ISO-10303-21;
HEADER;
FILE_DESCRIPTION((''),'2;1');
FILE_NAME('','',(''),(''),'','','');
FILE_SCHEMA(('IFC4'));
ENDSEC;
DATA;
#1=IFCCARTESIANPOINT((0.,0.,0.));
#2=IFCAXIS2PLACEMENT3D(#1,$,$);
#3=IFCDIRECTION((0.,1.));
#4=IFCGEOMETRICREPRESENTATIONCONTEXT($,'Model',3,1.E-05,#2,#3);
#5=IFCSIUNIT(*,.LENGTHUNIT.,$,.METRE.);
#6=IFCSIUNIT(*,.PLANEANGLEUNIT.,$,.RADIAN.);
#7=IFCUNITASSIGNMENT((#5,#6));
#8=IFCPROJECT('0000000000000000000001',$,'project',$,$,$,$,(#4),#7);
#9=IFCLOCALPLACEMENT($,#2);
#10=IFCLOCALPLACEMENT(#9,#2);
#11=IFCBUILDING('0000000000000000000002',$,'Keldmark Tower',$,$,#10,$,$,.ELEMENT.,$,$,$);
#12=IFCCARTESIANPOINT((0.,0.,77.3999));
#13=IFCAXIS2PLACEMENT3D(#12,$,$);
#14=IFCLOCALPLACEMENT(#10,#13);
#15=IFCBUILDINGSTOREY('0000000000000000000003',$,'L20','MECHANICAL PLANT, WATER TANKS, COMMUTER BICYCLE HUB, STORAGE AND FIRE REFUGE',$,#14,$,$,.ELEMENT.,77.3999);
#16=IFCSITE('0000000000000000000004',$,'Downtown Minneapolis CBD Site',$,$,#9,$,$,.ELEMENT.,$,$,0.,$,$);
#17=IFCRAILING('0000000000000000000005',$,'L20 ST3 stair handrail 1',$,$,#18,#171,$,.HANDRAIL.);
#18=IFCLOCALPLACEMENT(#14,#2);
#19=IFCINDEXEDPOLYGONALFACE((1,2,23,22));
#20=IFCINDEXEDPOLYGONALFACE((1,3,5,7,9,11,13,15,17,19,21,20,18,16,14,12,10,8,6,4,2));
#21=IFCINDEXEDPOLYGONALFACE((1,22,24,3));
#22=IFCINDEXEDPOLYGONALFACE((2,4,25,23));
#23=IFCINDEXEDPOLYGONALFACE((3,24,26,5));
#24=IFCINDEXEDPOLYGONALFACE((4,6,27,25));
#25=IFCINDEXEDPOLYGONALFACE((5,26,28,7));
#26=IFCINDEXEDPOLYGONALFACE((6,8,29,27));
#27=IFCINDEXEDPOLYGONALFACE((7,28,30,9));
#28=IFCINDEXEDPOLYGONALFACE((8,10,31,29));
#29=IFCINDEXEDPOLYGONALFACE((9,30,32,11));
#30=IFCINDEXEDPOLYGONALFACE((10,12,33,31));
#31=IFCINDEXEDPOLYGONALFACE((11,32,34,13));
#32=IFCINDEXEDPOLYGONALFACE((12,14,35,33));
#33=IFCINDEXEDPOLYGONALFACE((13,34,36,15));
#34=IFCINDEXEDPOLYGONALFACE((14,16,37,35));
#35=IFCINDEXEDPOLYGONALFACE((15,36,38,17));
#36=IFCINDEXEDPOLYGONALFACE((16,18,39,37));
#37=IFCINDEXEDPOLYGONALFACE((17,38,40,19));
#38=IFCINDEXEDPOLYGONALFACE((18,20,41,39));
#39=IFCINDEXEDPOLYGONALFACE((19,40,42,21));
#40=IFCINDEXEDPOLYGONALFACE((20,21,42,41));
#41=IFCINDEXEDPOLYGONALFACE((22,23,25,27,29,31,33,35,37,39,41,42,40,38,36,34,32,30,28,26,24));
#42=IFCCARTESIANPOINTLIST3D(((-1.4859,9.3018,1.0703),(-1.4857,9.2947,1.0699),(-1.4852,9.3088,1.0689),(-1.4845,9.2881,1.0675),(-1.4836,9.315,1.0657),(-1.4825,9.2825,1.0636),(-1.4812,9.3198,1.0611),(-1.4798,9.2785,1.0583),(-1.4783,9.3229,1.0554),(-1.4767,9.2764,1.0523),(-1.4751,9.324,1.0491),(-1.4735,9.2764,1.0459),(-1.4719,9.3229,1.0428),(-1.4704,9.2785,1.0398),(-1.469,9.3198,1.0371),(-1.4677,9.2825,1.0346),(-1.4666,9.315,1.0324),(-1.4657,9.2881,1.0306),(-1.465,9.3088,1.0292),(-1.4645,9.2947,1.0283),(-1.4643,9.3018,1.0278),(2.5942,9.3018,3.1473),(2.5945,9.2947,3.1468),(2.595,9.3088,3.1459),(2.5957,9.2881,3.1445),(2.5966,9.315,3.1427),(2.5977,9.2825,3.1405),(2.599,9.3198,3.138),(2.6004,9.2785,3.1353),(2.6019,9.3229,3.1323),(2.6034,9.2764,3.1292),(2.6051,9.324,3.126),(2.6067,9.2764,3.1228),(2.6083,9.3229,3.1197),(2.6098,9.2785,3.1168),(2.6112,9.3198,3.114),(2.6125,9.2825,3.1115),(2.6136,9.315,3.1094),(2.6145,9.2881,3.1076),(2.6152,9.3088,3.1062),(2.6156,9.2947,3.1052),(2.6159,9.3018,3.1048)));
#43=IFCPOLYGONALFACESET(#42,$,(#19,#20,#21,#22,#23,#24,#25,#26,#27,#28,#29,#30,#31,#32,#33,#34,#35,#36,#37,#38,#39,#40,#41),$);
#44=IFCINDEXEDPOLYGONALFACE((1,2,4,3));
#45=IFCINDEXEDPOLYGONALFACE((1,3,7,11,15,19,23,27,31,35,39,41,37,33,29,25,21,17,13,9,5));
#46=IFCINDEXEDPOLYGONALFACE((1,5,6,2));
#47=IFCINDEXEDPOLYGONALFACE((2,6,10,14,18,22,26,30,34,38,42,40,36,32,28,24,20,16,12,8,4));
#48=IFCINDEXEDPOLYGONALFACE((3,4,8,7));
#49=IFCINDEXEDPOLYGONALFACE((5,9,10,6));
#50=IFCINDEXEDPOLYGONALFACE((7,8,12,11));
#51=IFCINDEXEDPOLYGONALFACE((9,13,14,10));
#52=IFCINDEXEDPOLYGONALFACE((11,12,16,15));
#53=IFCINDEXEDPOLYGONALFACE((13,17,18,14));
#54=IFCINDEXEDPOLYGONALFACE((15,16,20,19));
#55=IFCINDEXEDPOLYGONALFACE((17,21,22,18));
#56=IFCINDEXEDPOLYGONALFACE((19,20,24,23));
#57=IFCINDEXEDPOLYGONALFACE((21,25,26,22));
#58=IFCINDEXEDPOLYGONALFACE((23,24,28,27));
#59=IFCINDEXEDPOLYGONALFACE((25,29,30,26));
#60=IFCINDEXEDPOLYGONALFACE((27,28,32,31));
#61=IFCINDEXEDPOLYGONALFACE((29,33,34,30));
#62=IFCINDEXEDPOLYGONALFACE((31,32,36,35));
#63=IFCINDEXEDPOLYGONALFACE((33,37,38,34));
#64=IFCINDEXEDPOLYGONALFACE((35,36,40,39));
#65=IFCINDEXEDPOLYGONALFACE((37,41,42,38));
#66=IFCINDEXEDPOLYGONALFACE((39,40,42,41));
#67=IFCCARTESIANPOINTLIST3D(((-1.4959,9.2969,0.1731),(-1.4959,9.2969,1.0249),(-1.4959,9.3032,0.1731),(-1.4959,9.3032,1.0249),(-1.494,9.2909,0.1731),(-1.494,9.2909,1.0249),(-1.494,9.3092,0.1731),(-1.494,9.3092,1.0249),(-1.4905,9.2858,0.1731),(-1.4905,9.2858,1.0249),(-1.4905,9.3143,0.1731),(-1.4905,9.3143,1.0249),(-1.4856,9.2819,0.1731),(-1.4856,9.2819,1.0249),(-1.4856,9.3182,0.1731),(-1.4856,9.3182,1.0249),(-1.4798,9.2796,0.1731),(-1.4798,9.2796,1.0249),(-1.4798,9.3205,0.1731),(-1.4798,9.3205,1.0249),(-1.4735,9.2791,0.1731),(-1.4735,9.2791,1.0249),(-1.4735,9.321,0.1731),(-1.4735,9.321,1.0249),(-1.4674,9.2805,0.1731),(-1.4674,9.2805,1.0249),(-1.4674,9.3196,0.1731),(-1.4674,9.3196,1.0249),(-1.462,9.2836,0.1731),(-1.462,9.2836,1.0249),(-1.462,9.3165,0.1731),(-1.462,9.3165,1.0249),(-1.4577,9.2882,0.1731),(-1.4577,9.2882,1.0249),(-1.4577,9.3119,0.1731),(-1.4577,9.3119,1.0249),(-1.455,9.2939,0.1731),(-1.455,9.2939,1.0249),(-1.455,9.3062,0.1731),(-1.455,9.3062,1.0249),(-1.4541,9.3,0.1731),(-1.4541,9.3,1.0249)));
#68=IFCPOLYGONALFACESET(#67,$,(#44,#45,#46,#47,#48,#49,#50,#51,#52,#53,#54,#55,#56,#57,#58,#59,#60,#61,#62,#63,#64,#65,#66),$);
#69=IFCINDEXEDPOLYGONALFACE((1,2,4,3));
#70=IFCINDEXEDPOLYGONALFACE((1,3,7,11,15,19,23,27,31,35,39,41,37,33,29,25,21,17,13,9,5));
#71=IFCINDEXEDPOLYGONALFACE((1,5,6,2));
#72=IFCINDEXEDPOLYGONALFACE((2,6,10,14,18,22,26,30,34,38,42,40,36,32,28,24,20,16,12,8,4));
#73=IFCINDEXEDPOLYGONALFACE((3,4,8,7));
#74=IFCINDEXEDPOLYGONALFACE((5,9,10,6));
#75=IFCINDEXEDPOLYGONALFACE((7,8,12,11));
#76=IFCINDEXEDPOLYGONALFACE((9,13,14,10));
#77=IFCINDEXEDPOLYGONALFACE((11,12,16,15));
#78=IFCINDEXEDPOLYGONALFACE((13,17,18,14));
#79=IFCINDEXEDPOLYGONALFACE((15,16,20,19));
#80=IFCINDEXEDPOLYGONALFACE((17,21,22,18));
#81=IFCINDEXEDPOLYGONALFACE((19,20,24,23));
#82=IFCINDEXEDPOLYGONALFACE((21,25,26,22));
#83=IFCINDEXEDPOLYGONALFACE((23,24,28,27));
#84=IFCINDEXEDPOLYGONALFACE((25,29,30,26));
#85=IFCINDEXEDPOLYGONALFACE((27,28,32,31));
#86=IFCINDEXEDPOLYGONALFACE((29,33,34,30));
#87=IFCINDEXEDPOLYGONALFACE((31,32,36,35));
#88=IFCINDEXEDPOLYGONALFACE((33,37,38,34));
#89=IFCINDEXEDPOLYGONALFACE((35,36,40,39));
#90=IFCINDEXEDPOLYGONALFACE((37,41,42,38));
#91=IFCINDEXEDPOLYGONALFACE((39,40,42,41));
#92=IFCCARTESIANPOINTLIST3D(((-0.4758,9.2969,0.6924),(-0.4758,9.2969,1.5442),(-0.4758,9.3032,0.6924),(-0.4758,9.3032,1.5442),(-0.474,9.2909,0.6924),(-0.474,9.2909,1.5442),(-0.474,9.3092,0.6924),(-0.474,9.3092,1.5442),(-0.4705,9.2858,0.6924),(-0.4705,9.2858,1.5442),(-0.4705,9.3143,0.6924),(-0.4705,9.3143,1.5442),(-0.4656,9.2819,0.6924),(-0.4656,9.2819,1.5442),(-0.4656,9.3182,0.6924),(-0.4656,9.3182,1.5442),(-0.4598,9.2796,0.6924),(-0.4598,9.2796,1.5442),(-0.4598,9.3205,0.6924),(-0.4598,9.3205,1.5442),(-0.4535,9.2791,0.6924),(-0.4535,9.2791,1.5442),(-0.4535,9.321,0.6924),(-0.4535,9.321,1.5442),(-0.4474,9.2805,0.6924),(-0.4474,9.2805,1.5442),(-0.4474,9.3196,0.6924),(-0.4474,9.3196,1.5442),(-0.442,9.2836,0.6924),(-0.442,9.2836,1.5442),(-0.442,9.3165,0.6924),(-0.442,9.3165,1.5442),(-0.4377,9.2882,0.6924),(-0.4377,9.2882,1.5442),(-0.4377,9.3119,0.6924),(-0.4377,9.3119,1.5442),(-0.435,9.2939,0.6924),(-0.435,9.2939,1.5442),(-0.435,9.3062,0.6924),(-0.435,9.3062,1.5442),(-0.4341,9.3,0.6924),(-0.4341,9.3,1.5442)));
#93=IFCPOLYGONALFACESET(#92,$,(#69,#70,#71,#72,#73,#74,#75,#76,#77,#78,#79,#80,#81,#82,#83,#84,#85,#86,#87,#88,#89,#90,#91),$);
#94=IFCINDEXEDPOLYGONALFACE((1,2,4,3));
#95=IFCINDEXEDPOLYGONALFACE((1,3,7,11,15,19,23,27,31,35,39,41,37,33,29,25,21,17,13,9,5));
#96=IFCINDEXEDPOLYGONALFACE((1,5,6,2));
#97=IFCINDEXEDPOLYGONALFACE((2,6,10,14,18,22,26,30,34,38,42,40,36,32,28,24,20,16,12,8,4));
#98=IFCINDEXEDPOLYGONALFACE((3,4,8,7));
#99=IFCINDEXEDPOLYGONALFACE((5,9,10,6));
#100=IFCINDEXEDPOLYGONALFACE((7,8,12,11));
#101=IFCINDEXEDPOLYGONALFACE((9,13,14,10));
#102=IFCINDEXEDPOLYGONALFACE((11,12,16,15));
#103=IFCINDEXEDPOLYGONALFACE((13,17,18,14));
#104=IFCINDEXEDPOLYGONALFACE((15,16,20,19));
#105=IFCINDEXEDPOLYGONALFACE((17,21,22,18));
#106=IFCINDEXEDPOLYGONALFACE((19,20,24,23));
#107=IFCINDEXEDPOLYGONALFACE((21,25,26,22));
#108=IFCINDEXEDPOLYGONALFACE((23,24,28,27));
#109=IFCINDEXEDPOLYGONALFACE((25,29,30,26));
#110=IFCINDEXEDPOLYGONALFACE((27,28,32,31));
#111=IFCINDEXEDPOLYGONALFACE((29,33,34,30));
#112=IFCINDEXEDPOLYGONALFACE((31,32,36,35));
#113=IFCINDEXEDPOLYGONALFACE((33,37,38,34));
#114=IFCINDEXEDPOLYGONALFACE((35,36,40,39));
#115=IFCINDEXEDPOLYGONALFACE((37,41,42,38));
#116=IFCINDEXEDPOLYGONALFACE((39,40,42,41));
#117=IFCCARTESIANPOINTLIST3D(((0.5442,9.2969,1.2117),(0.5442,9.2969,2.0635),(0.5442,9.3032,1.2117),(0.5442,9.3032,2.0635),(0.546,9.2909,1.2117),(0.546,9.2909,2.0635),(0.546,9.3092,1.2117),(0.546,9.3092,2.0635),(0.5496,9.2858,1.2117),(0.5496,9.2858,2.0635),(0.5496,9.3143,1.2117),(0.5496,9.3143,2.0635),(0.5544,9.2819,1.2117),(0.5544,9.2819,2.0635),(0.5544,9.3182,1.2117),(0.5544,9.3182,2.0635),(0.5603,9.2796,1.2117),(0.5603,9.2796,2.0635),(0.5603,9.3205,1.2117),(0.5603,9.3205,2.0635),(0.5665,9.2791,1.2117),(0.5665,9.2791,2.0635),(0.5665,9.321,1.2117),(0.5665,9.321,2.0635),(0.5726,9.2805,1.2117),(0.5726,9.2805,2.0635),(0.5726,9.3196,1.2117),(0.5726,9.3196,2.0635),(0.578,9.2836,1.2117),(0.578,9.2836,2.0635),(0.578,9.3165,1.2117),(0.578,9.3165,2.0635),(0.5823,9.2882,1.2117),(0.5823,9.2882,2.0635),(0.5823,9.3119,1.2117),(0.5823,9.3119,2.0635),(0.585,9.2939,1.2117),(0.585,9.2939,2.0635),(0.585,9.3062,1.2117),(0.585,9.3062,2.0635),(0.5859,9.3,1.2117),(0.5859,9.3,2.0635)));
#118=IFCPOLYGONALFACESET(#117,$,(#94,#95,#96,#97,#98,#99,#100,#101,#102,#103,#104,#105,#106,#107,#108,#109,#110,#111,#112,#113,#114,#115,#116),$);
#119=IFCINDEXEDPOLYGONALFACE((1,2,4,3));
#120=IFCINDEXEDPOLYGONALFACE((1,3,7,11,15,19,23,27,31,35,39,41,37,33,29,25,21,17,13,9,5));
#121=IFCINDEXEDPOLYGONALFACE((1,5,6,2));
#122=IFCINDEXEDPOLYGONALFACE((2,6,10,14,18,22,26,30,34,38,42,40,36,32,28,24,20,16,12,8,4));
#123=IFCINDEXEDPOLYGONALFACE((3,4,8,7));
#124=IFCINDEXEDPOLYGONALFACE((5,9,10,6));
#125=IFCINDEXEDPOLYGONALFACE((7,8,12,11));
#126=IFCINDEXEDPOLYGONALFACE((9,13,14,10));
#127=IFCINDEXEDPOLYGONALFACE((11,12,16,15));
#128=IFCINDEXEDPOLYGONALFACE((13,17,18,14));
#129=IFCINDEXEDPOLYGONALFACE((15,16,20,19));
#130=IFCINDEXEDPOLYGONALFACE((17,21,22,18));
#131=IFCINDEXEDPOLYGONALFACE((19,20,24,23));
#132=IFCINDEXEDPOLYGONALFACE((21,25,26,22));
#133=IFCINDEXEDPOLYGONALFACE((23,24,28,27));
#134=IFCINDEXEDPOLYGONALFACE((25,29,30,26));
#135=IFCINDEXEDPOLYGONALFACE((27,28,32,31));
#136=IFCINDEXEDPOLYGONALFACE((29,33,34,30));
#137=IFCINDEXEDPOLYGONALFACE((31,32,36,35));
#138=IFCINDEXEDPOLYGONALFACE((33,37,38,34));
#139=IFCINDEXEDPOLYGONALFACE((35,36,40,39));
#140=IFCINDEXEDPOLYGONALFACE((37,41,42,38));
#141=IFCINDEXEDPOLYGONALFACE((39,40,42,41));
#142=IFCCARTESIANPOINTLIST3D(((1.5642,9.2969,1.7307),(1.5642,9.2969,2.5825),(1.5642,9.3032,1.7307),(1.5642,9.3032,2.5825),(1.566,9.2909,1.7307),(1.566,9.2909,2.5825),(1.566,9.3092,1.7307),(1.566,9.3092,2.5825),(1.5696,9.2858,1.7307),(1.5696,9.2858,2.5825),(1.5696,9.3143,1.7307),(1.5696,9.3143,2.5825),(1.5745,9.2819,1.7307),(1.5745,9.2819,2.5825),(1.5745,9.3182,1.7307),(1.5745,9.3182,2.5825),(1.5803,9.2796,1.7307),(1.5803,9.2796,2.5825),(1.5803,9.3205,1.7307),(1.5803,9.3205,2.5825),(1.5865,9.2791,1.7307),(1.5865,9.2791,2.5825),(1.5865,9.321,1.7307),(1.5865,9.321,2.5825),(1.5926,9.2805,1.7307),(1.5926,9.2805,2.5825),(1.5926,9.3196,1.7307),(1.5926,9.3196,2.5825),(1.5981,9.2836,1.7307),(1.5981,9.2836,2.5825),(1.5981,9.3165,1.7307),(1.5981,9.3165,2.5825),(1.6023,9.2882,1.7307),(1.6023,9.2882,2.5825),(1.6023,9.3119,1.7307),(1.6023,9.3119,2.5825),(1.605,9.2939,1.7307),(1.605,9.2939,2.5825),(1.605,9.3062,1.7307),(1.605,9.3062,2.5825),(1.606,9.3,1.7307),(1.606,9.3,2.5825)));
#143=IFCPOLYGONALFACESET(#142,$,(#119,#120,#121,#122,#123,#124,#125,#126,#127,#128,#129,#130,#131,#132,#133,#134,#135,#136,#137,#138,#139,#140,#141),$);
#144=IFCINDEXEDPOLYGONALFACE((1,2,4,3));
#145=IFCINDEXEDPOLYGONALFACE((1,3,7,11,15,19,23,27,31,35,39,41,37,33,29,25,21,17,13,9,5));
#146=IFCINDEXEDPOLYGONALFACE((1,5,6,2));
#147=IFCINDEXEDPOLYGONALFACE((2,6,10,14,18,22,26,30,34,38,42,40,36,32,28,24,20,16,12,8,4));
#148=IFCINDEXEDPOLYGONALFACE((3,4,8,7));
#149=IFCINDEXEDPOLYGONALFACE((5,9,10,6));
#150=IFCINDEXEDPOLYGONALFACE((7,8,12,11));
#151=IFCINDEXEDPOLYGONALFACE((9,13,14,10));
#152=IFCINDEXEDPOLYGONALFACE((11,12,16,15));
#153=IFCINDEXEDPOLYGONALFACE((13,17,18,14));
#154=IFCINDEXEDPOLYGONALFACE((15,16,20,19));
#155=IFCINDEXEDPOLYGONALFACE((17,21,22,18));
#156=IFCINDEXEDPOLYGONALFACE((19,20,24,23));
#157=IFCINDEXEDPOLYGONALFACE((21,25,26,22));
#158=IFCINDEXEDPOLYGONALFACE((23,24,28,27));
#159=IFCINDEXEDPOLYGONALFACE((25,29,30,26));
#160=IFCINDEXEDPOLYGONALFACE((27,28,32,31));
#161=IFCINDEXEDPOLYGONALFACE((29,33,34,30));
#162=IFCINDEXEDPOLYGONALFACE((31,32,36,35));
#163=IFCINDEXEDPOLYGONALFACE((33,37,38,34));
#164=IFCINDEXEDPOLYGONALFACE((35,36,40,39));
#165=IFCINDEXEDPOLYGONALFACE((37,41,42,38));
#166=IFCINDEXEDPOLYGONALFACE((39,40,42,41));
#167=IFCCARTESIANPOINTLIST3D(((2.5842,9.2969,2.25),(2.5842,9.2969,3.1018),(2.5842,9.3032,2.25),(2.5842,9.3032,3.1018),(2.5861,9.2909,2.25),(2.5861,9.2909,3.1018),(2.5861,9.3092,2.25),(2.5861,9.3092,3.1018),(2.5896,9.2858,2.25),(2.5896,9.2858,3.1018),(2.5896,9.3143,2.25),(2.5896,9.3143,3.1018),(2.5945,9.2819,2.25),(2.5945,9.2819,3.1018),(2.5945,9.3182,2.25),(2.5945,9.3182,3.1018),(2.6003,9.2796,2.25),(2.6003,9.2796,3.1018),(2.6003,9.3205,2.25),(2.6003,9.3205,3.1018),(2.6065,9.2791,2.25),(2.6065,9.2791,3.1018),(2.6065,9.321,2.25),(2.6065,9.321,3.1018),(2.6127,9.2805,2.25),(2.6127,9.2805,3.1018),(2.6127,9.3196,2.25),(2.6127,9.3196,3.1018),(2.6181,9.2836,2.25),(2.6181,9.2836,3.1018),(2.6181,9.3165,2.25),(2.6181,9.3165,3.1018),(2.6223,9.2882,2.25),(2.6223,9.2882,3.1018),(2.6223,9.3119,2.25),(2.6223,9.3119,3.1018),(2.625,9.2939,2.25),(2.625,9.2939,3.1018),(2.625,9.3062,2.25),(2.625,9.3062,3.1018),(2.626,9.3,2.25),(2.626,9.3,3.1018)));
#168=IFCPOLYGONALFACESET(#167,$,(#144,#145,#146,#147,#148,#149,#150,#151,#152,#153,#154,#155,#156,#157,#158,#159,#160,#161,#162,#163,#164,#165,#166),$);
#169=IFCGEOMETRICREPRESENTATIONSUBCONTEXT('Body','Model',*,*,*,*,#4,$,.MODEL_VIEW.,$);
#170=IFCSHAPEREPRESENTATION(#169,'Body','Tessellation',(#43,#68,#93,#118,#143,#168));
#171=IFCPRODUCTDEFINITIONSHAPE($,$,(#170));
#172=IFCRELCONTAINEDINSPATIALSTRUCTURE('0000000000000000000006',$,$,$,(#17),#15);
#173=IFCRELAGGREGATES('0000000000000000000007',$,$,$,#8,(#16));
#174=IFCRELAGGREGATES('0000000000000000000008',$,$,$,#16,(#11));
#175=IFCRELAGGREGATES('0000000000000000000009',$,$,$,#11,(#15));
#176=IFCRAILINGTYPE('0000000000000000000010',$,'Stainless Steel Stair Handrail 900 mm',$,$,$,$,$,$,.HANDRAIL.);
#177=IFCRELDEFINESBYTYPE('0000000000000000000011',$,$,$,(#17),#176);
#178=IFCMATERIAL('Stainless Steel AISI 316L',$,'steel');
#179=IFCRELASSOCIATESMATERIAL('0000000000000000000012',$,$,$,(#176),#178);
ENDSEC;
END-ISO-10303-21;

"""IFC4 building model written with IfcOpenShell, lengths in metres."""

from ifc_helpers import new_model, si_unit, direction, frame, origin, origin_2d, place, context, subcontext, project, spatial, circle, extrude, material, type_object, element, save


model = new_model("IFC4")

# Units and contexts
model_context = context("Model", 3, precision=1e-05, world=origin(), true_north=direction((0.0, 1.0)))
body_context = subcontext(model_context, "Body", "Model", "MODEL_VIEW")
ifc_project = project(units=[si_unit("LENGTHUNIT", "METRE"), si_unit("PLANEANGLEUNIT", "RADIAN")], contexts=[model_context])

# Site, building, storey
site_placement = place(None, origin())
site = spatial("IfcSite", under=ifc_project, at=site_placement, Name="Downtown Minneapolis CBD Site", CompositionType="ELEMENT", RefElevation=0.0)
building_placement = place(site_placement, origin())
building = spatial("IfcBuilding", under=site, at=building_placement, Name="Keldmark Tower", CompositionType="ELEMENT")
storey_placement = place(building_placement, frame((0.0, 0.0, 77.3999)))
storey = spatial("IfcBuildingStorey", under=building, at=storey_placement, Name="L20", Description="MECHANICAL PLANT, WATER TANKS, COMMUTER BICYCLE HUB, STORAGE AND FIRE REFUGE", CompositionType="ELEMENT", Elevation=77.3999)

# Railing
ifc_material_1 = material(Name="Stainless Steel AISI 316L", Category="steel")
railing_type = type_object("IfcRailingType", Name="Stainless Steel Stair Handrail 900 mm", PredefinedType="HANDRAIL", material=ifc_material_1)
railing_placement = place(storey_placement, frame((-1.4751, 9.3, 0.1731)))
element("IfcRailing", 1, at=railing_placement, inside=storey, type_object=railing_type, Name="L20 ST3 stair handrail 1", PredefinedType="HANDRAIL", context=body_context, shape_type="SweptSolid", body=[
    extrude(circle(Radius=0.0239, at=origin_2d()), frame((0.0, 0.0, 0.876), z_axis=(0.891183, 0.0, 0.453644), x_axis=(0.0, 1.0, 0.0)), (0.0, 0.0, 1.0), 4.5784),
    extrude(circle(Radius=0.021, at=origin_2d()), origin(), (0.0, 0.0, 1.0), 0.8518),
    extrude(circle(Radius=0.021, at=origin_2d()), frame((1.02, 0.0, 0.5193)), (0.0, 0.0, 1.0), 0.8518),
    extrude(circle(Radius=0.021, at=origin_2d()), frame((2.04, 0.0, 1.0386)), (0.0, 0.0, 1.0), 0.8518),
    extrude(circle(Radius=0.021, at=origin_2d()), frame((3.0601, 0.0, 1.5576)), (0.0, 0.0, 1.0), 0.8518),
    extrude(circle(Radius=0.021, at=origin_2d()), frame((4.0801, 0.0, 2.0769)), (0.0, 0.0, 1.0), 0.8518),
])

save(model, "model.ifc")
